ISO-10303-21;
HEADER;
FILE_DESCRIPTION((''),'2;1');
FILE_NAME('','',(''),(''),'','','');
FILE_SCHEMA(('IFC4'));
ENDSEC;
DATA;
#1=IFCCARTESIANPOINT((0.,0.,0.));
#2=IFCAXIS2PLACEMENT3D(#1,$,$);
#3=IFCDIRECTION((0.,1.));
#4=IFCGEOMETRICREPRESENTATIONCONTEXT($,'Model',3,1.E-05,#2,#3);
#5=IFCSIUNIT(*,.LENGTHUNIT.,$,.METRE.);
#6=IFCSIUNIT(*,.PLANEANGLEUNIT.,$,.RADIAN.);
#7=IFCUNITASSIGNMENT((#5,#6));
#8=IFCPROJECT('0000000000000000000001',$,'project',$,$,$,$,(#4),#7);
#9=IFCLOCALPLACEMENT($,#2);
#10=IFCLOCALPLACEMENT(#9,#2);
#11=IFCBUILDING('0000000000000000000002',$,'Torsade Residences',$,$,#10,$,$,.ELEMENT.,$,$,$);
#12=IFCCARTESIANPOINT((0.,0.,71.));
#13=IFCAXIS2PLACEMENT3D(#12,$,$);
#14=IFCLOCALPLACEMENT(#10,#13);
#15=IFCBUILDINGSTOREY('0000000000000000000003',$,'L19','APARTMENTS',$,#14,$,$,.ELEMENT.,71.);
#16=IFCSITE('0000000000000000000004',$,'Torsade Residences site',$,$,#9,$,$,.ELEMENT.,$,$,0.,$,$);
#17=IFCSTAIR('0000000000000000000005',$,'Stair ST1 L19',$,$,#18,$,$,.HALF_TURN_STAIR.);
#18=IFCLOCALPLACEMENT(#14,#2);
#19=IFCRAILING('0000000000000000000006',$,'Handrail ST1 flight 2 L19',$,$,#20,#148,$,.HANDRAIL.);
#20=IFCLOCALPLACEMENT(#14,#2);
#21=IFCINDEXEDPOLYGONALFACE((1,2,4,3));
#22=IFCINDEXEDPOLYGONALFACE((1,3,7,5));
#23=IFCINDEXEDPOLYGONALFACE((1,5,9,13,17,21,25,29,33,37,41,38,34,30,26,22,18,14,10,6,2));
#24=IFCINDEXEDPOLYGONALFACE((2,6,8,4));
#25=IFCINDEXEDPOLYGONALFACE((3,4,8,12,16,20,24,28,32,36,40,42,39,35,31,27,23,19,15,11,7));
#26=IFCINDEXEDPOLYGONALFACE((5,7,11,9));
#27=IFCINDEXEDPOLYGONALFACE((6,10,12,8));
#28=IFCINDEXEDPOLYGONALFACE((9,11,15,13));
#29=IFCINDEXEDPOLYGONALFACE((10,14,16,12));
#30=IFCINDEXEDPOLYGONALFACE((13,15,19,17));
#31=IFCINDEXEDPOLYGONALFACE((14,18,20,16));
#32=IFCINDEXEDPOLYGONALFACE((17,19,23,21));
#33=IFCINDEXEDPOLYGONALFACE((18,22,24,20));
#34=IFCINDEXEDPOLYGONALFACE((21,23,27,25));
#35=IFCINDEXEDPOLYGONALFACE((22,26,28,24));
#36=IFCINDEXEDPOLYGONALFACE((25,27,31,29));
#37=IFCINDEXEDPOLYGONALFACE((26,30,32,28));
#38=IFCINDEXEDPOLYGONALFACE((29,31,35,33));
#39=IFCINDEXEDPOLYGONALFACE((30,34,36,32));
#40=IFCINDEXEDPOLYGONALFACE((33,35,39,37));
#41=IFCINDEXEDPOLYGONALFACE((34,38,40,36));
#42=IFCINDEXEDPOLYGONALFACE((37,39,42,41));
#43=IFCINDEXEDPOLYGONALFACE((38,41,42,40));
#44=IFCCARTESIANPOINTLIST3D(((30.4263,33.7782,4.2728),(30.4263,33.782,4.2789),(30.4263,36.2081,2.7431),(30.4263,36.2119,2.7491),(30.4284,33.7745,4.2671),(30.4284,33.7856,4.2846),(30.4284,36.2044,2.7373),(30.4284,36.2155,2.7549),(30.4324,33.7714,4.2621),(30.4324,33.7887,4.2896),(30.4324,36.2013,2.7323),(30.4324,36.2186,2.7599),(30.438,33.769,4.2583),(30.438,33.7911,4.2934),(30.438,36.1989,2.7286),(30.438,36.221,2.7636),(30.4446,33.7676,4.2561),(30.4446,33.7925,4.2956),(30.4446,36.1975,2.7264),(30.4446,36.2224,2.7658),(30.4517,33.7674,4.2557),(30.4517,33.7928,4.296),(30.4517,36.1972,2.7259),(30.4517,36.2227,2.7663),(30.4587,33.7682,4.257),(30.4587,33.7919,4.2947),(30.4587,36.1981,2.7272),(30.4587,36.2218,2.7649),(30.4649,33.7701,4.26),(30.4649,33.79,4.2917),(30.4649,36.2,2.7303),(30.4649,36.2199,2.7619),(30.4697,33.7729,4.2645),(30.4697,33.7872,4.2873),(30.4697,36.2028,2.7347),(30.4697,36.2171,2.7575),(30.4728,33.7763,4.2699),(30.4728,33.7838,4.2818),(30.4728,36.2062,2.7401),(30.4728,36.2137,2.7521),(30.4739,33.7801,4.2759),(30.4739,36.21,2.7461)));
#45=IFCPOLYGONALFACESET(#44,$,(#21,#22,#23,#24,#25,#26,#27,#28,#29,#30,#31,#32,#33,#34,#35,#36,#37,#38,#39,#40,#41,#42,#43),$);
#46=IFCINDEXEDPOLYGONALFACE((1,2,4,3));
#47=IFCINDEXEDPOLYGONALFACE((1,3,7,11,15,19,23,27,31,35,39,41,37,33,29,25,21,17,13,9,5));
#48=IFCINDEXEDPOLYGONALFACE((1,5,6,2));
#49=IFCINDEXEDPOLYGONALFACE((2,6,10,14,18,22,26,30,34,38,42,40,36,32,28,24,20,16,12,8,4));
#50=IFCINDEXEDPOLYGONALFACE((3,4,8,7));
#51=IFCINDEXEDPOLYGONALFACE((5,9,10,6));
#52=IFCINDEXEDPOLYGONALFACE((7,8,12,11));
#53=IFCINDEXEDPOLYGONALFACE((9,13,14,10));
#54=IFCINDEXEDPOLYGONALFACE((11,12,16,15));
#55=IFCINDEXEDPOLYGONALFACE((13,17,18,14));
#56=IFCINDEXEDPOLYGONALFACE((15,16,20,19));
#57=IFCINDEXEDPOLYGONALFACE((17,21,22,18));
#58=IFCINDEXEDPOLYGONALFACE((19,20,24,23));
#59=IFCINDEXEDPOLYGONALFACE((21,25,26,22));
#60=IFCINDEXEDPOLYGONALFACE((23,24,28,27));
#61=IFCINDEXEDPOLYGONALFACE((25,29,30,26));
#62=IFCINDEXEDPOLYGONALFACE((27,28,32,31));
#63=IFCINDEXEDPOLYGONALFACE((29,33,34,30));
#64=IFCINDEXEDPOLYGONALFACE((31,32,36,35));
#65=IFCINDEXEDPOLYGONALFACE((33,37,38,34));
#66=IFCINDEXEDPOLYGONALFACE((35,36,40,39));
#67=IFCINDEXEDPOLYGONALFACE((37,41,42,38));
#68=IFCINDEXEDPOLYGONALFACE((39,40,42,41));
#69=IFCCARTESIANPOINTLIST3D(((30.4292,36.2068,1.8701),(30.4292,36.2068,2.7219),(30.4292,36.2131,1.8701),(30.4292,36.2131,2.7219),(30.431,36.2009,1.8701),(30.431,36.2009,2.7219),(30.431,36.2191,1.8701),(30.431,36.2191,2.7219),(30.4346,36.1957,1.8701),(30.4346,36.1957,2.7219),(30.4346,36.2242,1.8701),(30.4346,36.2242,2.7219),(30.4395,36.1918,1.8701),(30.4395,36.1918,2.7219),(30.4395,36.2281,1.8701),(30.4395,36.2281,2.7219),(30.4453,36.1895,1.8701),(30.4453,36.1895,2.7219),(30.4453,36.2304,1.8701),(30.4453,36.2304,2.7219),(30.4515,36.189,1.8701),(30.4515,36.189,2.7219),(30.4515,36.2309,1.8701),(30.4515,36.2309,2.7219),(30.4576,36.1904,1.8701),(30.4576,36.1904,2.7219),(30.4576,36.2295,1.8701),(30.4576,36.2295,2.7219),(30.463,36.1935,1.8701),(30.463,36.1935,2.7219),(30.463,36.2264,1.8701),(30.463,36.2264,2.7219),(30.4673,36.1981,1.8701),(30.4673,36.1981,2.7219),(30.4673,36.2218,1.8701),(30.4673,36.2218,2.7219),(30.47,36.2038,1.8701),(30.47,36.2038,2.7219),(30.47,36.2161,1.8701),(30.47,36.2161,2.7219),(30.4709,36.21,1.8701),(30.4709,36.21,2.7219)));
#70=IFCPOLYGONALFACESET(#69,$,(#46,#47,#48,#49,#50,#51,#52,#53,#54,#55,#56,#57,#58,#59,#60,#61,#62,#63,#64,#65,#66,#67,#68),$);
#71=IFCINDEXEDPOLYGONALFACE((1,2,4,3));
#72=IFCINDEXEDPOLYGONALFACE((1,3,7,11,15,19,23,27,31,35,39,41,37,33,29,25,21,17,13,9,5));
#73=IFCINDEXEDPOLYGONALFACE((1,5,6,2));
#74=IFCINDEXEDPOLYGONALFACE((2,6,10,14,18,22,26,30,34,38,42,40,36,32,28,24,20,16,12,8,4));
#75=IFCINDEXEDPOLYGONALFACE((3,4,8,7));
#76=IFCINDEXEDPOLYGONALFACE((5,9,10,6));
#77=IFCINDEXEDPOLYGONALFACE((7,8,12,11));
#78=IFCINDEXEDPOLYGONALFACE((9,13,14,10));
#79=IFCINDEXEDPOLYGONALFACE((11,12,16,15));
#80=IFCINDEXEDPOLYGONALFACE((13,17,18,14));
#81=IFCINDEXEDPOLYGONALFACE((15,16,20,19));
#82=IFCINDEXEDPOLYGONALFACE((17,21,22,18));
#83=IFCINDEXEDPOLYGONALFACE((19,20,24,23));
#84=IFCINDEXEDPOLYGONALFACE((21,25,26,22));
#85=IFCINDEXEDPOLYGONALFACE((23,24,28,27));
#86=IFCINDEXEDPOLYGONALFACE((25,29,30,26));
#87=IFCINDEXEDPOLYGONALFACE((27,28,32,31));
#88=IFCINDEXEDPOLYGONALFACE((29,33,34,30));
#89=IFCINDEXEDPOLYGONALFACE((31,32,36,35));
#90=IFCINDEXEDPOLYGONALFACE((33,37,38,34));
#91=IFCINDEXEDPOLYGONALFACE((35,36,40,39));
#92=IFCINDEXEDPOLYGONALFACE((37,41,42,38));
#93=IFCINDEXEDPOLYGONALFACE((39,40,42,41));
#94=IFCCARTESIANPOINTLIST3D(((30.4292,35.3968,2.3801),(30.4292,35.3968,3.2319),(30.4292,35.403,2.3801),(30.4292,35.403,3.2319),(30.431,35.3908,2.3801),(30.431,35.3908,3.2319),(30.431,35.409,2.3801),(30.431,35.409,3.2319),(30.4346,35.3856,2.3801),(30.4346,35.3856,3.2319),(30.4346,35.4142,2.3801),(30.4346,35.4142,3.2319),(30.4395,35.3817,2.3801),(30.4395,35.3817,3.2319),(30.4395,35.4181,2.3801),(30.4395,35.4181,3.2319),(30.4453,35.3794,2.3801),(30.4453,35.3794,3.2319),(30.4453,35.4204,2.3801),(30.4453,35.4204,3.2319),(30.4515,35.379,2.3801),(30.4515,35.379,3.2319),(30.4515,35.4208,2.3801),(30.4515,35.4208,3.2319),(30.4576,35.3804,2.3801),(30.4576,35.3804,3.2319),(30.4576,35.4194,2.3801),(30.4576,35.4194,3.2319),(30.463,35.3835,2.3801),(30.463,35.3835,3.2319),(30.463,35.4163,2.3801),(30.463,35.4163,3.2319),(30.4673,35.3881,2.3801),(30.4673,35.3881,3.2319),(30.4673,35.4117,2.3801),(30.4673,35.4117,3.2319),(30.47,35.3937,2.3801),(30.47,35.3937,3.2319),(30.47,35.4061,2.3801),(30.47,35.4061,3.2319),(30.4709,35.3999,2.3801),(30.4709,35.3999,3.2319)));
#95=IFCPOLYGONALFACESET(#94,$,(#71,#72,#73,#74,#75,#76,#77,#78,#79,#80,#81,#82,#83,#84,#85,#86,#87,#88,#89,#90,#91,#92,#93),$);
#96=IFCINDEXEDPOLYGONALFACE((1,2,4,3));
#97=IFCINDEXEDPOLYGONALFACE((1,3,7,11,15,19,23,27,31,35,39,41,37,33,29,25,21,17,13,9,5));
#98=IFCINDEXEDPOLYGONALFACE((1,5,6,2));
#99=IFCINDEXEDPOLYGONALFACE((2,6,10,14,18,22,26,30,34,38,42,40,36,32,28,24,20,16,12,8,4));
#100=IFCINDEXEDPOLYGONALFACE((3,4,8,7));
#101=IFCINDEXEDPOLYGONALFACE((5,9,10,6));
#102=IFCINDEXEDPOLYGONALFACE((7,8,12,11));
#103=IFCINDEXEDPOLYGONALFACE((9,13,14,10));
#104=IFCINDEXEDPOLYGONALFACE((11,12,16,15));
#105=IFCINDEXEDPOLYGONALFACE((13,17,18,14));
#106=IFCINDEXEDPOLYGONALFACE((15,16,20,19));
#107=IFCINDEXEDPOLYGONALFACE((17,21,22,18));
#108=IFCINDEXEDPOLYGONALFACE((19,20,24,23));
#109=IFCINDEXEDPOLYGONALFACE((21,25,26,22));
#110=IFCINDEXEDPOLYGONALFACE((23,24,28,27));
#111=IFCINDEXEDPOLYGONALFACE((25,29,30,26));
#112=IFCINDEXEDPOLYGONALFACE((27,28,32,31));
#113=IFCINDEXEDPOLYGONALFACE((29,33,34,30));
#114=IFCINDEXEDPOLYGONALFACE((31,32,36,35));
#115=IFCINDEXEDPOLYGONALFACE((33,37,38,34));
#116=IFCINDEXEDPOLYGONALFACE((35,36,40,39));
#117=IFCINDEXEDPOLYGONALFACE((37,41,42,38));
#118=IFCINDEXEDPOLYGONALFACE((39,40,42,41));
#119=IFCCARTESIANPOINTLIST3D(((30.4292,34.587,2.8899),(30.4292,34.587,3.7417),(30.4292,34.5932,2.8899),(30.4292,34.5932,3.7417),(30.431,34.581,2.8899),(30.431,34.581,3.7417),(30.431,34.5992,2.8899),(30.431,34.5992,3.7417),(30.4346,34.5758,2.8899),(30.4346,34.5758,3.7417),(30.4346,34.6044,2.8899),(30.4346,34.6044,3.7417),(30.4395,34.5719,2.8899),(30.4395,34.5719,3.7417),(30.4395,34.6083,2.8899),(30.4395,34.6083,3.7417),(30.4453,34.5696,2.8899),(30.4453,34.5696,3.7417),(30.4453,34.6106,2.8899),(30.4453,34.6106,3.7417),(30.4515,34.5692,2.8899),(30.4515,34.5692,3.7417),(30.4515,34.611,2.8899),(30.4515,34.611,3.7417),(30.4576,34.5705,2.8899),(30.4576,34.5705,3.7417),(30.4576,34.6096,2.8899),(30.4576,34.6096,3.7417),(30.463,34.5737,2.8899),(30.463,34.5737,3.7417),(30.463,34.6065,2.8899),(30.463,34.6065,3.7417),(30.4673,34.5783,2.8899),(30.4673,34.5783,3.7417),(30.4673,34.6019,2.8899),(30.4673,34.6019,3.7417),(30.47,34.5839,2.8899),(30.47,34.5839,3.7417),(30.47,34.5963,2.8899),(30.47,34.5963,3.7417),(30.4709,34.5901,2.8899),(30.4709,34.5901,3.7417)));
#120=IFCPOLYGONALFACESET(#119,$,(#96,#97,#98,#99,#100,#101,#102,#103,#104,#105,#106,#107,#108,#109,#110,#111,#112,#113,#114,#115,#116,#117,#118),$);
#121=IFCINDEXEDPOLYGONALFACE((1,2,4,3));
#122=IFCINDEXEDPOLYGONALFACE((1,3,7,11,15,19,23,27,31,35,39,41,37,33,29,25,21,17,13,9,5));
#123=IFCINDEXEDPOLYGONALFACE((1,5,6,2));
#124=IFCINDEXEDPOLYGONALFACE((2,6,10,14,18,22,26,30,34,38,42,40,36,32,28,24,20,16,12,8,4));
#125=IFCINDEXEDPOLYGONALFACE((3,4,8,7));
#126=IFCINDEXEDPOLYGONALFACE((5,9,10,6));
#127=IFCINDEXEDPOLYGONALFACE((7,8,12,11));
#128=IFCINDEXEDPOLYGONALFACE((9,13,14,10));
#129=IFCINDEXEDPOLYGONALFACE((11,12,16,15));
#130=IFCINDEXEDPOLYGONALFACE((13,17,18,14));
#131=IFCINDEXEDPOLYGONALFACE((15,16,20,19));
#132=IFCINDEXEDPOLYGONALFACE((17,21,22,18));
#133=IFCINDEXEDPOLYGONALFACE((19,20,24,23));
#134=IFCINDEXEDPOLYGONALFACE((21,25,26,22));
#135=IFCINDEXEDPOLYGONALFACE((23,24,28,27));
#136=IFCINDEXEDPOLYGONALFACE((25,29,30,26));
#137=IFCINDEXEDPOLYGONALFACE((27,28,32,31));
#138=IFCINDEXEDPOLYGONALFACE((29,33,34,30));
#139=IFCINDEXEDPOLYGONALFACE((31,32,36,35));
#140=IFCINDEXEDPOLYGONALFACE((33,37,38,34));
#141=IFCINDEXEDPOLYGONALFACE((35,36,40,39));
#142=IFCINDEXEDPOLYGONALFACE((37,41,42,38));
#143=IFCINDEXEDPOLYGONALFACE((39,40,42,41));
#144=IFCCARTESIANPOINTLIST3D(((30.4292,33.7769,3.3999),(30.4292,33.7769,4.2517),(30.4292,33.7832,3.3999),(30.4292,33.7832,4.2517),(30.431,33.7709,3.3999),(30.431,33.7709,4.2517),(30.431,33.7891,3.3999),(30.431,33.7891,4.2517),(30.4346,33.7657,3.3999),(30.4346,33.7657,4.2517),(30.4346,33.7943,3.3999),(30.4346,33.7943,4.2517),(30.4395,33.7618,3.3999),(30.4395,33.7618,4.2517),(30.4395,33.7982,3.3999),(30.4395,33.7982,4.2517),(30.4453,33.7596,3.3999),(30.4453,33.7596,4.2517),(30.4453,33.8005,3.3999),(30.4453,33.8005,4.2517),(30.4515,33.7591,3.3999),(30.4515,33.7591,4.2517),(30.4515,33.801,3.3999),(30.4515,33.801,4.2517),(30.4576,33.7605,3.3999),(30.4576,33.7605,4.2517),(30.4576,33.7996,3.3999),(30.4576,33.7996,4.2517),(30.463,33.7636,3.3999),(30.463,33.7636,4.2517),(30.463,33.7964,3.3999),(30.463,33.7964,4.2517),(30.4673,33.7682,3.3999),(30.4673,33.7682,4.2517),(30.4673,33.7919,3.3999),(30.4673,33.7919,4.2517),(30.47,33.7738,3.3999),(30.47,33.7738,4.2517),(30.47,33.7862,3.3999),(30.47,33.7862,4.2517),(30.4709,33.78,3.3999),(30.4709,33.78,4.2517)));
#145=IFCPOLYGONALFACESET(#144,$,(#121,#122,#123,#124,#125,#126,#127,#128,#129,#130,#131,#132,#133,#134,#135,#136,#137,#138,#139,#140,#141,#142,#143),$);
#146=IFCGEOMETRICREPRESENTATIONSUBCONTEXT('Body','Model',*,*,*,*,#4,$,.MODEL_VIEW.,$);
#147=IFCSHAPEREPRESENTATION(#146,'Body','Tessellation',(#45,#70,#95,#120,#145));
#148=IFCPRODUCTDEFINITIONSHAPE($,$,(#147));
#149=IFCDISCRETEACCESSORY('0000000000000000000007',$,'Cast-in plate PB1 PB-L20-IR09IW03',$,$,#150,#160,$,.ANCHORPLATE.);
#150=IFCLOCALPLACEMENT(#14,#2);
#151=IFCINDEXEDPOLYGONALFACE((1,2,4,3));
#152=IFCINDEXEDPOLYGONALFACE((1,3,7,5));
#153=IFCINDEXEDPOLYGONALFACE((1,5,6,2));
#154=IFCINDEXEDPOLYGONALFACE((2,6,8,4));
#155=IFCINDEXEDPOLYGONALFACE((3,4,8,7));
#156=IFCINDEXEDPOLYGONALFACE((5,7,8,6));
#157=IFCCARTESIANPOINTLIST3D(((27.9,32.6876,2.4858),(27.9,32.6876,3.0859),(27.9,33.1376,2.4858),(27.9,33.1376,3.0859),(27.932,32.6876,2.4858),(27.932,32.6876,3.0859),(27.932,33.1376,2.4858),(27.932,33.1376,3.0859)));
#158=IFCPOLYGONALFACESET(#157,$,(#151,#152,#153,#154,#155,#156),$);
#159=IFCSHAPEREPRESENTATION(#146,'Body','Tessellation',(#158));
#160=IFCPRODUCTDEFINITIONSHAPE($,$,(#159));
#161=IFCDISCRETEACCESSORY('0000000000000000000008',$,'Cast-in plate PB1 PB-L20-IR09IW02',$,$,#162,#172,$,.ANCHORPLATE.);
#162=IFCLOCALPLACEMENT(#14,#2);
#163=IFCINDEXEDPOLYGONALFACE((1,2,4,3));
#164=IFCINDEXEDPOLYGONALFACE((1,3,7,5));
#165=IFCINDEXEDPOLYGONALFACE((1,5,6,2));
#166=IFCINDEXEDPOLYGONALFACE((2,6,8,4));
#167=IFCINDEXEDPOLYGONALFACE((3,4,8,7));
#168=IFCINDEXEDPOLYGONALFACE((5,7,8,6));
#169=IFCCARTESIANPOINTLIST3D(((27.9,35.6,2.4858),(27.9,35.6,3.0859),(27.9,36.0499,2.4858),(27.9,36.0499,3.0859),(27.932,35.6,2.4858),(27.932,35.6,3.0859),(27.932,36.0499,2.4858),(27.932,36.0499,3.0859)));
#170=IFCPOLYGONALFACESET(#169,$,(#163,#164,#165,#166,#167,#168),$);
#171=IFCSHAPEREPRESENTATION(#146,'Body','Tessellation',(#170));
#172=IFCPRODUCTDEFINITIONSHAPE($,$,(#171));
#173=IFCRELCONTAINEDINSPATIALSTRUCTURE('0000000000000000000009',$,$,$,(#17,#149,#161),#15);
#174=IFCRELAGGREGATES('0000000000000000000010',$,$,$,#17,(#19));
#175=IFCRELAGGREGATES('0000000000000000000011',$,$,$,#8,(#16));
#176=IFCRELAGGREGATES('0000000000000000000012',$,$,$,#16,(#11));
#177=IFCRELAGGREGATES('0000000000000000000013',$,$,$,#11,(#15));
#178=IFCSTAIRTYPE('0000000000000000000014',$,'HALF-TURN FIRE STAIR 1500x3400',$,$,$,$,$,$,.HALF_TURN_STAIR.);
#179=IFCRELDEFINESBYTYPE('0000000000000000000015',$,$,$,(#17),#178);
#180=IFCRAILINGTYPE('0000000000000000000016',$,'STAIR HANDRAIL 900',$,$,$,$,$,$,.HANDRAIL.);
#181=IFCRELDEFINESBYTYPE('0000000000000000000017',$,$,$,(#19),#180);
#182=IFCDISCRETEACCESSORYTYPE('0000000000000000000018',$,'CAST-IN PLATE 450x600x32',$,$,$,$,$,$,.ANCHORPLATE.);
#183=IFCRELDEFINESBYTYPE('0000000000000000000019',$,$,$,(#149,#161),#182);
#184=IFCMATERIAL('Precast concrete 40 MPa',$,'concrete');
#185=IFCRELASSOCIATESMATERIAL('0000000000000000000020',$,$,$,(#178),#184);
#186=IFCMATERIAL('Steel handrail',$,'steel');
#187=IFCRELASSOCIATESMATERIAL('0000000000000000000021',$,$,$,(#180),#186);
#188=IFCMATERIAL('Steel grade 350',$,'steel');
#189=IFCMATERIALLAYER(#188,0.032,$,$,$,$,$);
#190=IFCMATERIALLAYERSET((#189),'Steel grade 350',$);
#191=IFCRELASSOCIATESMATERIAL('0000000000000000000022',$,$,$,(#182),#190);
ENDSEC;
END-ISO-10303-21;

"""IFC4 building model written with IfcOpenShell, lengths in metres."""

from ifc_helpers import new_model, si_unit, direction, frame, origin, origin_2d, place, context, subcontext, project, spatial, rectangle, circle, extrude, material, layer, layer_set, type_object, element, aggregate, save


model = new_model("IFC4")

# Units and contexts
model_context = context("Model", 3, precision=1e-05, world=origin(), true_north=direction((0.0, 1.0)))
body_context = subcontext(model_context, "Body", "Model", "MODEL_VIEW")
ifc_project = project(units=[si_unit("LENGTHUNIT", "METRE"), si_unit("PLANEANGLEUNIT", "RADIAN")], contexts=[model_context])

# Site, building, storey
site_placement = place(None, origin())
site = spatial("IfcSite", under=ifc_project, at=site_placement, Name="Torsade Residences site", CompositionType="ELEMENT", RefElevation=0.0)
building_placement = place(site_placement, origin())
building = spatial("IfcBuilding", under=site, at=building_placement, Name="Torsade Residences", CompositionType="ELEMENT")
storey_placement = place(building_placement, frame((0.0, 0.0, 71.0)))
storey = spatial("IfcBuildingStorey", under=building, at=storey_placement, Name="L19", Description="APARTMENTS", CompositionType="ELEMENT", Elevation=71.0)

# Stair, railing
ifc_material_1 = material(Name="Precast concrete 40 MPa", Category="concrete")
stair_type = type_object("IfcStairType", Name="HALF-TURN FIRE STAIR 1500x3400", PredefinedType="HALF_TURN_STAIR", material=ifc_material_1)
stair_placement = place(storey_placement, origin())
stair = element("IfcStair", 1, at=stair_placement, inside=storey, type_object=stair_type, Name="Stair ST1 L19", PredefinedType="HALF_TURN_STAIR")
ifc_material_2 = material(Name="Steel handrail", Category="steel")
railing_type = type_object("IfcRailingType", Name="STAIR HANDRAIL 900", PredefinedType="HANDRAIL", material=ifc_material_2)
railing_1_placement = place(storey_placement, frame((30.45, 36.21, 1.8701)))
railing_1 = element("IfcRailing", 2, at=railing_1_placement, type_object=railing_type, Name="Handrail ST1 flight 2 L19", PredefinedType="HANDRAIL", context=body_context, shape_type="SweptSolid", body=[
    extrude(circle(Radius=0.0239, at=origin_2d()), frame((0.0, 0.0, 0.876), z_axis=(0.0, -0.84626, 0.53277), x_axis=(1.0, 0.0, 0.0)), (0.0, 0.0, 1.0), 2.8713),
    extrude(circle(Radius=0.021, at=origin_2d()), origin(), (0.0, 0.0, 1.0), 0.8518),
    extrude(circle(Radius=0.021, at=origin_2d()), frame((0.0, -0.8101, 0.51)), (0.0, 0.0, 1.0), 0.8518),
    extrude(circle(Radius=0.021, at=origin_2d()), frame((0.0, -1.6199, 1.0198)), (0.0, 0.0, 1.0), 0.8518),
    extrude(circle(Radius=0.021, at=origin_2d()), frame((0.0, -2.4299, 1.5298)), (0.0, 0.0, 1.0), 0.8518),
])
aggregate(stair, [railing_1])

# Discrete accessories
ifc_material_3 = material(Name="Steel grade 350", Category="steel")
ifc_layer_1 = layer(ifc_material_3, 0.032)
ifc_layer_set_1 = layer_set([ifc_layer_1], Name="Steel grade 350")
discrete_accessory_type = type_object("IfcDiscreteAccessoryType", Name="CAST-IN PLATE 450x600x32", PredefinedType="ANCHORPLATE", material=ifc_layer_set_1)
for number, where, z_axis, x_axis, name in (
    (3, (27.916, 32.9126, 2.4858), (0.0, 0.0, 1.0), (1.0, 0.0, 0.0), "Cast-in plate PB1 PB-L20-IR09IW03"),
    (4, (27.916, 35.825, 2.4858), (0.0, 0.0, 1.0), (1.0, 0.0, 0.0), "Cast-in plate PB1 PB-L20-IR09IW02"),
):
    element("IfcDiscreteAccessory", number, at=place(storey_placement, frame(where, z_axis=z_axis, x_axis=x_axis)), inside=storey, type_object=discrete_accessory_type, Name=name, PredefinedType="ANCHORPLATE", context=body_context, shape_type="SweptSolid", body=[
        extrude(rectangle(XDim=0.032, YDim=0.45, at=origin_2d()), origin(), (0.0, 0.0, 1.0), 0.6001),
    ])

save(model, "model.ifc")
